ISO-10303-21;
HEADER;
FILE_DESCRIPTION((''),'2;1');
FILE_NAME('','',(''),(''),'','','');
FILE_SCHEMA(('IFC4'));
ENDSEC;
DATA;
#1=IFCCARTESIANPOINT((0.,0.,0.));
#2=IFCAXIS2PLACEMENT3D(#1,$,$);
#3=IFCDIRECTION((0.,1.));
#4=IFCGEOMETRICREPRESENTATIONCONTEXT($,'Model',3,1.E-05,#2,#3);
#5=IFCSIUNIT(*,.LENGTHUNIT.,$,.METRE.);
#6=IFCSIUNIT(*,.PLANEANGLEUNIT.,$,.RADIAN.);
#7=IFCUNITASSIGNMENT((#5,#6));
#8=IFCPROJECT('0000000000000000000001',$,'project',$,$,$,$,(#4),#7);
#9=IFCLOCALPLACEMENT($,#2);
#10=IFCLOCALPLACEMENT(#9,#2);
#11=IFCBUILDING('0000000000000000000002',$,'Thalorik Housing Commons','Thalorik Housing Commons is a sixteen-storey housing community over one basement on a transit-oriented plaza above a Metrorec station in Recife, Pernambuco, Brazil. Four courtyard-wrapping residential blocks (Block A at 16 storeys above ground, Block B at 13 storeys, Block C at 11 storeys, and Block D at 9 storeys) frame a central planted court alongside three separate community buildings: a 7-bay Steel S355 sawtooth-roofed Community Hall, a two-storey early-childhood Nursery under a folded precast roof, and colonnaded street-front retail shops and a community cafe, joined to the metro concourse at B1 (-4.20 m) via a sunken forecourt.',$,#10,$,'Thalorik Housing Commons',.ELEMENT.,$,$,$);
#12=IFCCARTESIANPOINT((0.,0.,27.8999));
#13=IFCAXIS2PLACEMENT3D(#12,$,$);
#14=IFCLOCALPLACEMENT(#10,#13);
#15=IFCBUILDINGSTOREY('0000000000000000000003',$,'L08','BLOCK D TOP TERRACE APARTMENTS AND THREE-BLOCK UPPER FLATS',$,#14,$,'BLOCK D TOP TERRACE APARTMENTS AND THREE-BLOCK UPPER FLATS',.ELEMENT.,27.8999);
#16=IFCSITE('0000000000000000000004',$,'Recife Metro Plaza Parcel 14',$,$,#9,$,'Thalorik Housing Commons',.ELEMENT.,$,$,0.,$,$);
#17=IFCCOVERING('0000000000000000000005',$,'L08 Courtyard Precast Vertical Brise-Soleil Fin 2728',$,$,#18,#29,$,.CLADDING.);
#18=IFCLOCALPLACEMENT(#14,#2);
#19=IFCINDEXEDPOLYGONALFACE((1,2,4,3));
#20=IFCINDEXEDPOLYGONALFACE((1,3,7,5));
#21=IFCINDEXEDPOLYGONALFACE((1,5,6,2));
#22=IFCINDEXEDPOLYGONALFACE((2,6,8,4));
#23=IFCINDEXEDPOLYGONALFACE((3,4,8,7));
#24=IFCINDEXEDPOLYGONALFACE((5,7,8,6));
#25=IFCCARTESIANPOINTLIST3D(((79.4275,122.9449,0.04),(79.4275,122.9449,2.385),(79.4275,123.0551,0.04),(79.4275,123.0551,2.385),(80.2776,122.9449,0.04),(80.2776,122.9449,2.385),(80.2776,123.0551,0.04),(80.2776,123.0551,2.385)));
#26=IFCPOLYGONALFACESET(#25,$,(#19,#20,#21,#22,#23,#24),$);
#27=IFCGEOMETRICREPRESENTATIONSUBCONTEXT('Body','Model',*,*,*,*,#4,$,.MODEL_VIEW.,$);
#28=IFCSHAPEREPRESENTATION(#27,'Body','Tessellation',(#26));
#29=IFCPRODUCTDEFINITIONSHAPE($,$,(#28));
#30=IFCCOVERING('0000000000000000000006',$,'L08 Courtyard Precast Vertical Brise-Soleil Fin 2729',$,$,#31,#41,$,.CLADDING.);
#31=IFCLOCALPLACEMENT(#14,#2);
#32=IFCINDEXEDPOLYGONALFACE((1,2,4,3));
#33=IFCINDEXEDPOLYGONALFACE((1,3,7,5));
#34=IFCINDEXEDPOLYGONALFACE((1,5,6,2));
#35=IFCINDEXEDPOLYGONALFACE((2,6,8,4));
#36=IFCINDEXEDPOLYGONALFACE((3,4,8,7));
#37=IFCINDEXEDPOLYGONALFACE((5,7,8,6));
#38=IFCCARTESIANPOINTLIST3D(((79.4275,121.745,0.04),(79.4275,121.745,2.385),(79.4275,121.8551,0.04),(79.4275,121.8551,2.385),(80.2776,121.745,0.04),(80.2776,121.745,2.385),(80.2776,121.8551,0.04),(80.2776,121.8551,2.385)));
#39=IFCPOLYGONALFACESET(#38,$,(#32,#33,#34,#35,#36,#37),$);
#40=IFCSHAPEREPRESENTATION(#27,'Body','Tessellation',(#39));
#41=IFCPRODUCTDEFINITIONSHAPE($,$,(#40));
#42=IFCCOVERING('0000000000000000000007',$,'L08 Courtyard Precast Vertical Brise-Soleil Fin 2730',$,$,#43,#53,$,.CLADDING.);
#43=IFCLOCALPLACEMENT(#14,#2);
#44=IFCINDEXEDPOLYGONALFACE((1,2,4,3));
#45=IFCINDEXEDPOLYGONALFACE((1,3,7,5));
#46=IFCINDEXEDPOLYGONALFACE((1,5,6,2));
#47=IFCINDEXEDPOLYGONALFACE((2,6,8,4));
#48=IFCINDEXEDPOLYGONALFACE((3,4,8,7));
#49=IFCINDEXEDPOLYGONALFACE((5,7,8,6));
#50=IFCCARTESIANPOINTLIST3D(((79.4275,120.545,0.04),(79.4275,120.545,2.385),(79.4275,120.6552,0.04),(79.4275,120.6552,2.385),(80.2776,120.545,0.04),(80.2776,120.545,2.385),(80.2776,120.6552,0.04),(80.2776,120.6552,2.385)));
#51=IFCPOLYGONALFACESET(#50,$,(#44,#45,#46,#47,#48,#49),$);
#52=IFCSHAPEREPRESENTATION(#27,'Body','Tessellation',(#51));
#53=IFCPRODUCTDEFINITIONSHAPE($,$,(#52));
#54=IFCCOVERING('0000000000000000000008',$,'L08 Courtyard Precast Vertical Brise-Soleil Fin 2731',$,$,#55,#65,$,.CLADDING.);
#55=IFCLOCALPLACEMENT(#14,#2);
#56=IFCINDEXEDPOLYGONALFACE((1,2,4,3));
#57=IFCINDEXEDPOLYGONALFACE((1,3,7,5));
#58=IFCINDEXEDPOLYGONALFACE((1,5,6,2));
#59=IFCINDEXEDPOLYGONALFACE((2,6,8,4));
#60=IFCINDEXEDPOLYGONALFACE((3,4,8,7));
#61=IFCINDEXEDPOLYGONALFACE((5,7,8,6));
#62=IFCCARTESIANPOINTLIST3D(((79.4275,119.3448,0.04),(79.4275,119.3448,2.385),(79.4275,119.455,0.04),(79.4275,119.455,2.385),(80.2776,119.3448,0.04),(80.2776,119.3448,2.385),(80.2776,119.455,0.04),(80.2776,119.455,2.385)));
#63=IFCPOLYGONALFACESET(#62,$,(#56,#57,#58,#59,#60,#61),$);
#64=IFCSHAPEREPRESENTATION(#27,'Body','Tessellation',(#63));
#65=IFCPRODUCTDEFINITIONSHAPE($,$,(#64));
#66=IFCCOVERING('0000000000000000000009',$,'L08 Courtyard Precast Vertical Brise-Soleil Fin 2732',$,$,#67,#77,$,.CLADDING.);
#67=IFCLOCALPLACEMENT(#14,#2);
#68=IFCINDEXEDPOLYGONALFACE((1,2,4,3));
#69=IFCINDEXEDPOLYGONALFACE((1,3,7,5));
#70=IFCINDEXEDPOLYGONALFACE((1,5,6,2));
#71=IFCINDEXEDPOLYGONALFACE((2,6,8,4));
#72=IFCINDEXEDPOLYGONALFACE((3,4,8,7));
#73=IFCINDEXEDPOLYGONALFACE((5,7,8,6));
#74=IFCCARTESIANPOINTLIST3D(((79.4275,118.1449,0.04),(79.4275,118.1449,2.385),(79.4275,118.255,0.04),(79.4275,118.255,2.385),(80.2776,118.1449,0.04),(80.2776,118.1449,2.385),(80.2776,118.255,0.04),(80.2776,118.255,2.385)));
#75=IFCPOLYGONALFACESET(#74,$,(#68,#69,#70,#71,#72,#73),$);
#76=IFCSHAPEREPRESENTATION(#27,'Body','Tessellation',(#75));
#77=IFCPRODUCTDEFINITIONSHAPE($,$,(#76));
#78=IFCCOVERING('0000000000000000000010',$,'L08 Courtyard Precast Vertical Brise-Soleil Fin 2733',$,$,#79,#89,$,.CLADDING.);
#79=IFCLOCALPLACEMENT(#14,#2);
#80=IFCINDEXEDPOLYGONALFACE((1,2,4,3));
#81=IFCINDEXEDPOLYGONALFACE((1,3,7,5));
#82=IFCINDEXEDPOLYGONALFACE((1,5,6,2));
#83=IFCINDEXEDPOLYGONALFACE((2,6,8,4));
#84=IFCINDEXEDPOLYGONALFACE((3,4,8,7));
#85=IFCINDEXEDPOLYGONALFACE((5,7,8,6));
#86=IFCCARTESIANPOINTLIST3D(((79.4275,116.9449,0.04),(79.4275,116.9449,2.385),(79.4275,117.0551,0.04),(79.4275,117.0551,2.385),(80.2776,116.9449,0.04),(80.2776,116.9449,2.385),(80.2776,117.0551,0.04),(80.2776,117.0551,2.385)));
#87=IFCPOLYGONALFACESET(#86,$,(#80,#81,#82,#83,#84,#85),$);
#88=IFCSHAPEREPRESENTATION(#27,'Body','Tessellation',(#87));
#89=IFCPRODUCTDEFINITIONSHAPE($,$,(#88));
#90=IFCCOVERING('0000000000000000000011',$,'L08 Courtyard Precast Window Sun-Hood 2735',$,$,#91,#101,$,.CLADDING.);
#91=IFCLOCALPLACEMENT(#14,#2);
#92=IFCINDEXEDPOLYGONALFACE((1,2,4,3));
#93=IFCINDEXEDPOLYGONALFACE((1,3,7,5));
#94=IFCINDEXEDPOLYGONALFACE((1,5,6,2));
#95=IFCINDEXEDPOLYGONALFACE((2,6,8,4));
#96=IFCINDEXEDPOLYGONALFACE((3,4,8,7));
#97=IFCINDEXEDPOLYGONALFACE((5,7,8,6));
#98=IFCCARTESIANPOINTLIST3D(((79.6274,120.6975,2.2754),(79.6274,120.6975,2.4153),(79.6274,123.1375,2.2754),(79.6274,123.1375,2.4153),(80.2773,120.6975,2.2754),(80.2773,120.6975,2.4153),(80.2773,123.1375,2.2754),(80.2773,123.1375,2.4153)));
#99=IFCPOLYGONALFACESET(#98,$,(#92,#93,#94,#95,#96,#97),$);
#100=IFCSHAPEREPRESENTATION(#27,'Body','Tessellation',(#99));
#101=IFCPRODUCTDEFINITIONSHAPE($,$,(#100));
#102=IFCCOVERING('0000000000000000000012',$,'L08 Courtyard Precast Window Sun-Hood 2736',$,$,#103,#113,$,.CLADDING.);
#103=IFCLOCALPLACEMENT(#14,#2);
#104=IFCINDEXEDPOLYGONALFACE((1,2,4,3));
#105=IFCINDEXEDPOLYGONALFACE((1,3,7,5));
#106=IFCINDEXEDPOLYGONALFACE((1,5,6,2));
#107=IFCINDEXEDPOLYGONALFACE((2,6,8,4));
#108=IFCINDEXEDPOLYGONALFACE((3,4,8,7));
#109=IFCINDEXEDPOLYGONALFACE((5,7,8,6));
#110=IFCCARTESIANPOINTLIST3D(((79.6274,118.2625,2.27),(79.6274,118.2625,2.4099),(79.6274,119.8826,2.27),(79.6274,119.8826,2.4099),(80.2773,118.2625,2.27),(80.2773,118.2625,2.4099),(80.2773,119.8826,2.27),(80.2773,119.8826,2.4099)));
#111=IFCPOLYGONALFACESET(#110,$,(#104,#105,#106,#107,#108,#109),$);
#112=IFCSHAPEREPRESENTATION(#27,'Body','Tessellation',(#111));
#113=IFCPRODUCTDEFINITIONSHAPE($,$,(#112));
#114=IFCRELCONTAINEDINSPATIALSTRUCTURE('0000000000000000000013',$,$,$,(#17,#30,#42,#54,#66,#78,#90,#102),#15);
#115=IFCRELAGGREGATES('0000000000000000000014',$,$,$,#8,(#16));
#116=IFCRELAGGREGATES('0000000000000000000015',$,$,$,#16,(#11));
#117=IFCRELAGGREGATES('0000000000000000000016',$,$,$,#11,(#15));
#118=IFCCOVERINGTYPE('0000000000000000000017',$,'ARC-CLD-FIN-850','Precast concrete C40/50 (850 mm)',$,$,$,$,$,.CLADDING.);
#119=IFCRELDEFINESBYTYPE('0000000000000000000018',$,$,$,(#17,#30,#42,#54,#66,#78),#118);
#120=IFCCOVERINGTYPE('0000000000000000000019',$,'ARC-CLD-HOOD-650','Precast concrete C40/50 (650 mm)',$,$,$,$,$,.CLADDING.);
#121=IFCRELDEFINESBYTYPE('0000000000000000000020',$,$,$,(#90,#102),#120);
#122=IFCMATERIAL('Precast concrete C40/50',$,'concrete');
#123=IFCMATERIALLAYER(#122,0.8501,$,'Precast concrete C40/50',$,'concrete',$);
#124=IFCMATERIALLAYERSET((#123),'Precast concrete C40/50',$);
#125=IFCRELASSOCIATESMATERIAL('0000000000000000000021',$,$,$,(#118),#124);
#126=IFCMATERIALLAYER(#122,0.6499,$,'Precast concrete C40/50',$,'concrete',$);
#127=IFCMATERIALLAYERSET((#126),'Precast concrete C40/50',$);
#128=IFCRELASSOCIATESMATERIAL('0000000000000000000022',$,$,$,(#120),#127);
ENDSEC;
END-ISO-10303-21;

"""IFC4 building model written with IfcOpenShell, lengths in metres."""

from ifc_helpers import new_model, si_unit, direction, frame, origin, origin_2d, place, context, subcontext, project, spatial, rectangle, extrude, material, layer, layer_set, type_object, element, save


model = new_model("IFC4")

# Units and contexts
model_context = context("Model", 3, precision=1e-05, world=origin(), true_north=direction((0.0, 1.0)))
body_context = subcontext(model_context, "Body", "Model", "MODEL_VIEW")
ifc_project = project(units=[si_unit("LENGTHUNIT", "METRE"), si_unit("PLANEANGLEUNIT", "RADIAN")], contexts=[model_context])

# Site, building, storey
site_placement = place(None, origin())
site = spatial("IfcSite", under=ifc_project, at=site_placement, Name="Recife Metro Plaza Parcel 14", LongName="Thalorik Housing Commons", CompositionType="ELEMENT", RefElevation=0.0)
building_placement = place(site_placement, origin())
building = spatial("IfcBuilding", under=site, at=building_placement, Name="Thalorik Housing Commons", Description="Thalorik Housing Commons is a sixteen-storey housing community over one basement on a transit-oriented plaza above a Metrorec station in Recife, Pernambuco, Brazil. Four courtyard-wrapping residential blocks (Block A at 16 storeys above ground, Block B at 13 storeys, Block C at 11 storeys, and Block D at 9 storeys) frame a central planted court alongside three separate community buildings: a 7-bay Steel S355 sawtooth-roofed Community Hall, a two-storey early-childhood Nursery under a folded precast roof, and colonnaded street-front retail shops and a community cafe, joined to the metro concourse at B1 (-4.20 m) via a sunken forecourt.", LongName="Thalorik Housing Commons", CompositionType="ELEMENT")
storey_placement = place(building_placement, frame((0.0, 0.0, 27.8999)))
storey = spatial("IfcBuildingStorey", under=building, at=storey_placement, Name="L08", Description="BLOCK D TOP TERRACE APARTMENTS AND THREE-BLOCK UPPER FLATS", LongName="BLOCK D TOP TERRACE APARTMENTS AND THREE-BLOCK UPPER FLATS", CompositionType="ELEMENT", Elevation=27.8999)

# Shared definitions
ifc_material_1 = material(Name="Precast concrete C40/50", Category="concrete")

# Coverings
ifc_layer_1 = layer(ifc_material_1, 0.8501, Name="Precast concrete C40/50", Category="concrete")
ifc_layer_set_1 = layer_set([ifc_layer_1], Name="Precast concrete C40/50")
covering_type_1 = type_object("IfcCoveringType", Name="ARC-CLD-FIN-850", Description="Precast concrete C40/50 (850 mm)", PredefinedType="CLADDING", material=ifc_layer_set_1)
for number, where, z_axis, x_axis, name in (
    (1, (79.8525, 123.0, 0.04), (0.0, 0.0, 1.0), (0.0, -1.0, 0.0), "L08 Courtyard Precast Vertical Brise-Soleil Fin 2728"),
    (2, (79.8525, 121.8, 0.04), (0.0, 0.0, 1.0), (0.0, -1.0, 0.0), "L08 Courtyard Precast Vertical Brise-Soleil Fin 2729"),
    (3, (79.8525, 120.6001, 0.04), (0.0, 0.0, 1.0), (0.0, -1.0, 0.0), "L08 Courtyard Precast Vertical Brise-Soleil Fin 2730"),
    (4, (79.8525, 119.3999, 0.04), (0.0, 0.0, 1.0), (0.0, -1.0, 0.0), "L08 Courtyard Precast Vertical Brise-Soleil Fin 2731"),
    (5, (79.8525, 118.2, 0.04), (0.0, 0.0, 1.0), (0.0, -1.0, 0.0), "L08 Courtyard Precast Vertical Brise-Soleil Fin 2732"),
    (6, (79.8525, 117.0, 0.04), (0.0, 0.0, 1.0), (0.0, -1.0, 0.0), "L08 Courtyard Precast Vertical Brise-Soleil Fin 2733"),
):
    element("IfcCovering", number, at=place(storey_placement, frame(where, z_axis=z_axis, x_axis=x_axis)), inside=storey, type_object=covering_type_1, Name=name, PredefinedType="CLADDING", context=body_context, shape_type="SweptSolid", body=[
        extrude(rectangle(XDim=0.1101, YDim=0.8501, at=origin_2d()), origin(), (0.0, 0.0, 1.0), 2.345),
    ])
ifc_layer_2 = layer(ifc_material_1, 0.6499, Name="Precast concrete C40/50", Category="concrete")
ifc_layer_set_2 = layer_set([ifc_layer_2], Name="Precast concrete C40/50")
covering_type_2 = type_object("IfcCoveringType", Name="ARC-CLD-HOOD-650", Description="Precast concrete C40/50 (650 mm)", PredefinedType="CLADDING", material=ifc_layer_set_2)
covering_1_placement = place(storey_placement, frame((79.9524, 121.9175, 2.2754), z_axis=(0.0, 0.0, 1.0), x_axis=(0.0, -1.0, 0.0)))
element("IfcCovering", 7, at=covering_1_placement, inside=storey, type_object=covering_type_2, Name="L08 Courtyard Precast Window Sun-Hood 2735", PredefinedType="CLADDING", context=body_context, shape_type="SweptSolid", body=[
    extrude(rectangle(XDim=2.4399, YDim=0.6499, at=origin_2d()), origin(), (0.0, 0.0, 1.0), 0.1399),
])
covering_2_placement = place(storey_placement, frame((79.9524, 119.0725, 2.27), z_axis=(0.0, 0.0, 1.0), x_axis=(0.0, -1.0, 0.0)))
element("IfcCovering", 8, at=covering_2_placement, inside=storey, type_object=covering_type_2, Name="L08 Courtyard Precast Window Sun-Hood 2736", PredefinedType="CLADDING", context=body_context, shape_type="SweptSolid", body=[
    extrude(rectangle(XDim=1.6201, YDim=0.6499, at=origin_2d()), origin(), (0.0, 0.0, 1.0), 0.1399),
])

save(model, "model.ifc")
